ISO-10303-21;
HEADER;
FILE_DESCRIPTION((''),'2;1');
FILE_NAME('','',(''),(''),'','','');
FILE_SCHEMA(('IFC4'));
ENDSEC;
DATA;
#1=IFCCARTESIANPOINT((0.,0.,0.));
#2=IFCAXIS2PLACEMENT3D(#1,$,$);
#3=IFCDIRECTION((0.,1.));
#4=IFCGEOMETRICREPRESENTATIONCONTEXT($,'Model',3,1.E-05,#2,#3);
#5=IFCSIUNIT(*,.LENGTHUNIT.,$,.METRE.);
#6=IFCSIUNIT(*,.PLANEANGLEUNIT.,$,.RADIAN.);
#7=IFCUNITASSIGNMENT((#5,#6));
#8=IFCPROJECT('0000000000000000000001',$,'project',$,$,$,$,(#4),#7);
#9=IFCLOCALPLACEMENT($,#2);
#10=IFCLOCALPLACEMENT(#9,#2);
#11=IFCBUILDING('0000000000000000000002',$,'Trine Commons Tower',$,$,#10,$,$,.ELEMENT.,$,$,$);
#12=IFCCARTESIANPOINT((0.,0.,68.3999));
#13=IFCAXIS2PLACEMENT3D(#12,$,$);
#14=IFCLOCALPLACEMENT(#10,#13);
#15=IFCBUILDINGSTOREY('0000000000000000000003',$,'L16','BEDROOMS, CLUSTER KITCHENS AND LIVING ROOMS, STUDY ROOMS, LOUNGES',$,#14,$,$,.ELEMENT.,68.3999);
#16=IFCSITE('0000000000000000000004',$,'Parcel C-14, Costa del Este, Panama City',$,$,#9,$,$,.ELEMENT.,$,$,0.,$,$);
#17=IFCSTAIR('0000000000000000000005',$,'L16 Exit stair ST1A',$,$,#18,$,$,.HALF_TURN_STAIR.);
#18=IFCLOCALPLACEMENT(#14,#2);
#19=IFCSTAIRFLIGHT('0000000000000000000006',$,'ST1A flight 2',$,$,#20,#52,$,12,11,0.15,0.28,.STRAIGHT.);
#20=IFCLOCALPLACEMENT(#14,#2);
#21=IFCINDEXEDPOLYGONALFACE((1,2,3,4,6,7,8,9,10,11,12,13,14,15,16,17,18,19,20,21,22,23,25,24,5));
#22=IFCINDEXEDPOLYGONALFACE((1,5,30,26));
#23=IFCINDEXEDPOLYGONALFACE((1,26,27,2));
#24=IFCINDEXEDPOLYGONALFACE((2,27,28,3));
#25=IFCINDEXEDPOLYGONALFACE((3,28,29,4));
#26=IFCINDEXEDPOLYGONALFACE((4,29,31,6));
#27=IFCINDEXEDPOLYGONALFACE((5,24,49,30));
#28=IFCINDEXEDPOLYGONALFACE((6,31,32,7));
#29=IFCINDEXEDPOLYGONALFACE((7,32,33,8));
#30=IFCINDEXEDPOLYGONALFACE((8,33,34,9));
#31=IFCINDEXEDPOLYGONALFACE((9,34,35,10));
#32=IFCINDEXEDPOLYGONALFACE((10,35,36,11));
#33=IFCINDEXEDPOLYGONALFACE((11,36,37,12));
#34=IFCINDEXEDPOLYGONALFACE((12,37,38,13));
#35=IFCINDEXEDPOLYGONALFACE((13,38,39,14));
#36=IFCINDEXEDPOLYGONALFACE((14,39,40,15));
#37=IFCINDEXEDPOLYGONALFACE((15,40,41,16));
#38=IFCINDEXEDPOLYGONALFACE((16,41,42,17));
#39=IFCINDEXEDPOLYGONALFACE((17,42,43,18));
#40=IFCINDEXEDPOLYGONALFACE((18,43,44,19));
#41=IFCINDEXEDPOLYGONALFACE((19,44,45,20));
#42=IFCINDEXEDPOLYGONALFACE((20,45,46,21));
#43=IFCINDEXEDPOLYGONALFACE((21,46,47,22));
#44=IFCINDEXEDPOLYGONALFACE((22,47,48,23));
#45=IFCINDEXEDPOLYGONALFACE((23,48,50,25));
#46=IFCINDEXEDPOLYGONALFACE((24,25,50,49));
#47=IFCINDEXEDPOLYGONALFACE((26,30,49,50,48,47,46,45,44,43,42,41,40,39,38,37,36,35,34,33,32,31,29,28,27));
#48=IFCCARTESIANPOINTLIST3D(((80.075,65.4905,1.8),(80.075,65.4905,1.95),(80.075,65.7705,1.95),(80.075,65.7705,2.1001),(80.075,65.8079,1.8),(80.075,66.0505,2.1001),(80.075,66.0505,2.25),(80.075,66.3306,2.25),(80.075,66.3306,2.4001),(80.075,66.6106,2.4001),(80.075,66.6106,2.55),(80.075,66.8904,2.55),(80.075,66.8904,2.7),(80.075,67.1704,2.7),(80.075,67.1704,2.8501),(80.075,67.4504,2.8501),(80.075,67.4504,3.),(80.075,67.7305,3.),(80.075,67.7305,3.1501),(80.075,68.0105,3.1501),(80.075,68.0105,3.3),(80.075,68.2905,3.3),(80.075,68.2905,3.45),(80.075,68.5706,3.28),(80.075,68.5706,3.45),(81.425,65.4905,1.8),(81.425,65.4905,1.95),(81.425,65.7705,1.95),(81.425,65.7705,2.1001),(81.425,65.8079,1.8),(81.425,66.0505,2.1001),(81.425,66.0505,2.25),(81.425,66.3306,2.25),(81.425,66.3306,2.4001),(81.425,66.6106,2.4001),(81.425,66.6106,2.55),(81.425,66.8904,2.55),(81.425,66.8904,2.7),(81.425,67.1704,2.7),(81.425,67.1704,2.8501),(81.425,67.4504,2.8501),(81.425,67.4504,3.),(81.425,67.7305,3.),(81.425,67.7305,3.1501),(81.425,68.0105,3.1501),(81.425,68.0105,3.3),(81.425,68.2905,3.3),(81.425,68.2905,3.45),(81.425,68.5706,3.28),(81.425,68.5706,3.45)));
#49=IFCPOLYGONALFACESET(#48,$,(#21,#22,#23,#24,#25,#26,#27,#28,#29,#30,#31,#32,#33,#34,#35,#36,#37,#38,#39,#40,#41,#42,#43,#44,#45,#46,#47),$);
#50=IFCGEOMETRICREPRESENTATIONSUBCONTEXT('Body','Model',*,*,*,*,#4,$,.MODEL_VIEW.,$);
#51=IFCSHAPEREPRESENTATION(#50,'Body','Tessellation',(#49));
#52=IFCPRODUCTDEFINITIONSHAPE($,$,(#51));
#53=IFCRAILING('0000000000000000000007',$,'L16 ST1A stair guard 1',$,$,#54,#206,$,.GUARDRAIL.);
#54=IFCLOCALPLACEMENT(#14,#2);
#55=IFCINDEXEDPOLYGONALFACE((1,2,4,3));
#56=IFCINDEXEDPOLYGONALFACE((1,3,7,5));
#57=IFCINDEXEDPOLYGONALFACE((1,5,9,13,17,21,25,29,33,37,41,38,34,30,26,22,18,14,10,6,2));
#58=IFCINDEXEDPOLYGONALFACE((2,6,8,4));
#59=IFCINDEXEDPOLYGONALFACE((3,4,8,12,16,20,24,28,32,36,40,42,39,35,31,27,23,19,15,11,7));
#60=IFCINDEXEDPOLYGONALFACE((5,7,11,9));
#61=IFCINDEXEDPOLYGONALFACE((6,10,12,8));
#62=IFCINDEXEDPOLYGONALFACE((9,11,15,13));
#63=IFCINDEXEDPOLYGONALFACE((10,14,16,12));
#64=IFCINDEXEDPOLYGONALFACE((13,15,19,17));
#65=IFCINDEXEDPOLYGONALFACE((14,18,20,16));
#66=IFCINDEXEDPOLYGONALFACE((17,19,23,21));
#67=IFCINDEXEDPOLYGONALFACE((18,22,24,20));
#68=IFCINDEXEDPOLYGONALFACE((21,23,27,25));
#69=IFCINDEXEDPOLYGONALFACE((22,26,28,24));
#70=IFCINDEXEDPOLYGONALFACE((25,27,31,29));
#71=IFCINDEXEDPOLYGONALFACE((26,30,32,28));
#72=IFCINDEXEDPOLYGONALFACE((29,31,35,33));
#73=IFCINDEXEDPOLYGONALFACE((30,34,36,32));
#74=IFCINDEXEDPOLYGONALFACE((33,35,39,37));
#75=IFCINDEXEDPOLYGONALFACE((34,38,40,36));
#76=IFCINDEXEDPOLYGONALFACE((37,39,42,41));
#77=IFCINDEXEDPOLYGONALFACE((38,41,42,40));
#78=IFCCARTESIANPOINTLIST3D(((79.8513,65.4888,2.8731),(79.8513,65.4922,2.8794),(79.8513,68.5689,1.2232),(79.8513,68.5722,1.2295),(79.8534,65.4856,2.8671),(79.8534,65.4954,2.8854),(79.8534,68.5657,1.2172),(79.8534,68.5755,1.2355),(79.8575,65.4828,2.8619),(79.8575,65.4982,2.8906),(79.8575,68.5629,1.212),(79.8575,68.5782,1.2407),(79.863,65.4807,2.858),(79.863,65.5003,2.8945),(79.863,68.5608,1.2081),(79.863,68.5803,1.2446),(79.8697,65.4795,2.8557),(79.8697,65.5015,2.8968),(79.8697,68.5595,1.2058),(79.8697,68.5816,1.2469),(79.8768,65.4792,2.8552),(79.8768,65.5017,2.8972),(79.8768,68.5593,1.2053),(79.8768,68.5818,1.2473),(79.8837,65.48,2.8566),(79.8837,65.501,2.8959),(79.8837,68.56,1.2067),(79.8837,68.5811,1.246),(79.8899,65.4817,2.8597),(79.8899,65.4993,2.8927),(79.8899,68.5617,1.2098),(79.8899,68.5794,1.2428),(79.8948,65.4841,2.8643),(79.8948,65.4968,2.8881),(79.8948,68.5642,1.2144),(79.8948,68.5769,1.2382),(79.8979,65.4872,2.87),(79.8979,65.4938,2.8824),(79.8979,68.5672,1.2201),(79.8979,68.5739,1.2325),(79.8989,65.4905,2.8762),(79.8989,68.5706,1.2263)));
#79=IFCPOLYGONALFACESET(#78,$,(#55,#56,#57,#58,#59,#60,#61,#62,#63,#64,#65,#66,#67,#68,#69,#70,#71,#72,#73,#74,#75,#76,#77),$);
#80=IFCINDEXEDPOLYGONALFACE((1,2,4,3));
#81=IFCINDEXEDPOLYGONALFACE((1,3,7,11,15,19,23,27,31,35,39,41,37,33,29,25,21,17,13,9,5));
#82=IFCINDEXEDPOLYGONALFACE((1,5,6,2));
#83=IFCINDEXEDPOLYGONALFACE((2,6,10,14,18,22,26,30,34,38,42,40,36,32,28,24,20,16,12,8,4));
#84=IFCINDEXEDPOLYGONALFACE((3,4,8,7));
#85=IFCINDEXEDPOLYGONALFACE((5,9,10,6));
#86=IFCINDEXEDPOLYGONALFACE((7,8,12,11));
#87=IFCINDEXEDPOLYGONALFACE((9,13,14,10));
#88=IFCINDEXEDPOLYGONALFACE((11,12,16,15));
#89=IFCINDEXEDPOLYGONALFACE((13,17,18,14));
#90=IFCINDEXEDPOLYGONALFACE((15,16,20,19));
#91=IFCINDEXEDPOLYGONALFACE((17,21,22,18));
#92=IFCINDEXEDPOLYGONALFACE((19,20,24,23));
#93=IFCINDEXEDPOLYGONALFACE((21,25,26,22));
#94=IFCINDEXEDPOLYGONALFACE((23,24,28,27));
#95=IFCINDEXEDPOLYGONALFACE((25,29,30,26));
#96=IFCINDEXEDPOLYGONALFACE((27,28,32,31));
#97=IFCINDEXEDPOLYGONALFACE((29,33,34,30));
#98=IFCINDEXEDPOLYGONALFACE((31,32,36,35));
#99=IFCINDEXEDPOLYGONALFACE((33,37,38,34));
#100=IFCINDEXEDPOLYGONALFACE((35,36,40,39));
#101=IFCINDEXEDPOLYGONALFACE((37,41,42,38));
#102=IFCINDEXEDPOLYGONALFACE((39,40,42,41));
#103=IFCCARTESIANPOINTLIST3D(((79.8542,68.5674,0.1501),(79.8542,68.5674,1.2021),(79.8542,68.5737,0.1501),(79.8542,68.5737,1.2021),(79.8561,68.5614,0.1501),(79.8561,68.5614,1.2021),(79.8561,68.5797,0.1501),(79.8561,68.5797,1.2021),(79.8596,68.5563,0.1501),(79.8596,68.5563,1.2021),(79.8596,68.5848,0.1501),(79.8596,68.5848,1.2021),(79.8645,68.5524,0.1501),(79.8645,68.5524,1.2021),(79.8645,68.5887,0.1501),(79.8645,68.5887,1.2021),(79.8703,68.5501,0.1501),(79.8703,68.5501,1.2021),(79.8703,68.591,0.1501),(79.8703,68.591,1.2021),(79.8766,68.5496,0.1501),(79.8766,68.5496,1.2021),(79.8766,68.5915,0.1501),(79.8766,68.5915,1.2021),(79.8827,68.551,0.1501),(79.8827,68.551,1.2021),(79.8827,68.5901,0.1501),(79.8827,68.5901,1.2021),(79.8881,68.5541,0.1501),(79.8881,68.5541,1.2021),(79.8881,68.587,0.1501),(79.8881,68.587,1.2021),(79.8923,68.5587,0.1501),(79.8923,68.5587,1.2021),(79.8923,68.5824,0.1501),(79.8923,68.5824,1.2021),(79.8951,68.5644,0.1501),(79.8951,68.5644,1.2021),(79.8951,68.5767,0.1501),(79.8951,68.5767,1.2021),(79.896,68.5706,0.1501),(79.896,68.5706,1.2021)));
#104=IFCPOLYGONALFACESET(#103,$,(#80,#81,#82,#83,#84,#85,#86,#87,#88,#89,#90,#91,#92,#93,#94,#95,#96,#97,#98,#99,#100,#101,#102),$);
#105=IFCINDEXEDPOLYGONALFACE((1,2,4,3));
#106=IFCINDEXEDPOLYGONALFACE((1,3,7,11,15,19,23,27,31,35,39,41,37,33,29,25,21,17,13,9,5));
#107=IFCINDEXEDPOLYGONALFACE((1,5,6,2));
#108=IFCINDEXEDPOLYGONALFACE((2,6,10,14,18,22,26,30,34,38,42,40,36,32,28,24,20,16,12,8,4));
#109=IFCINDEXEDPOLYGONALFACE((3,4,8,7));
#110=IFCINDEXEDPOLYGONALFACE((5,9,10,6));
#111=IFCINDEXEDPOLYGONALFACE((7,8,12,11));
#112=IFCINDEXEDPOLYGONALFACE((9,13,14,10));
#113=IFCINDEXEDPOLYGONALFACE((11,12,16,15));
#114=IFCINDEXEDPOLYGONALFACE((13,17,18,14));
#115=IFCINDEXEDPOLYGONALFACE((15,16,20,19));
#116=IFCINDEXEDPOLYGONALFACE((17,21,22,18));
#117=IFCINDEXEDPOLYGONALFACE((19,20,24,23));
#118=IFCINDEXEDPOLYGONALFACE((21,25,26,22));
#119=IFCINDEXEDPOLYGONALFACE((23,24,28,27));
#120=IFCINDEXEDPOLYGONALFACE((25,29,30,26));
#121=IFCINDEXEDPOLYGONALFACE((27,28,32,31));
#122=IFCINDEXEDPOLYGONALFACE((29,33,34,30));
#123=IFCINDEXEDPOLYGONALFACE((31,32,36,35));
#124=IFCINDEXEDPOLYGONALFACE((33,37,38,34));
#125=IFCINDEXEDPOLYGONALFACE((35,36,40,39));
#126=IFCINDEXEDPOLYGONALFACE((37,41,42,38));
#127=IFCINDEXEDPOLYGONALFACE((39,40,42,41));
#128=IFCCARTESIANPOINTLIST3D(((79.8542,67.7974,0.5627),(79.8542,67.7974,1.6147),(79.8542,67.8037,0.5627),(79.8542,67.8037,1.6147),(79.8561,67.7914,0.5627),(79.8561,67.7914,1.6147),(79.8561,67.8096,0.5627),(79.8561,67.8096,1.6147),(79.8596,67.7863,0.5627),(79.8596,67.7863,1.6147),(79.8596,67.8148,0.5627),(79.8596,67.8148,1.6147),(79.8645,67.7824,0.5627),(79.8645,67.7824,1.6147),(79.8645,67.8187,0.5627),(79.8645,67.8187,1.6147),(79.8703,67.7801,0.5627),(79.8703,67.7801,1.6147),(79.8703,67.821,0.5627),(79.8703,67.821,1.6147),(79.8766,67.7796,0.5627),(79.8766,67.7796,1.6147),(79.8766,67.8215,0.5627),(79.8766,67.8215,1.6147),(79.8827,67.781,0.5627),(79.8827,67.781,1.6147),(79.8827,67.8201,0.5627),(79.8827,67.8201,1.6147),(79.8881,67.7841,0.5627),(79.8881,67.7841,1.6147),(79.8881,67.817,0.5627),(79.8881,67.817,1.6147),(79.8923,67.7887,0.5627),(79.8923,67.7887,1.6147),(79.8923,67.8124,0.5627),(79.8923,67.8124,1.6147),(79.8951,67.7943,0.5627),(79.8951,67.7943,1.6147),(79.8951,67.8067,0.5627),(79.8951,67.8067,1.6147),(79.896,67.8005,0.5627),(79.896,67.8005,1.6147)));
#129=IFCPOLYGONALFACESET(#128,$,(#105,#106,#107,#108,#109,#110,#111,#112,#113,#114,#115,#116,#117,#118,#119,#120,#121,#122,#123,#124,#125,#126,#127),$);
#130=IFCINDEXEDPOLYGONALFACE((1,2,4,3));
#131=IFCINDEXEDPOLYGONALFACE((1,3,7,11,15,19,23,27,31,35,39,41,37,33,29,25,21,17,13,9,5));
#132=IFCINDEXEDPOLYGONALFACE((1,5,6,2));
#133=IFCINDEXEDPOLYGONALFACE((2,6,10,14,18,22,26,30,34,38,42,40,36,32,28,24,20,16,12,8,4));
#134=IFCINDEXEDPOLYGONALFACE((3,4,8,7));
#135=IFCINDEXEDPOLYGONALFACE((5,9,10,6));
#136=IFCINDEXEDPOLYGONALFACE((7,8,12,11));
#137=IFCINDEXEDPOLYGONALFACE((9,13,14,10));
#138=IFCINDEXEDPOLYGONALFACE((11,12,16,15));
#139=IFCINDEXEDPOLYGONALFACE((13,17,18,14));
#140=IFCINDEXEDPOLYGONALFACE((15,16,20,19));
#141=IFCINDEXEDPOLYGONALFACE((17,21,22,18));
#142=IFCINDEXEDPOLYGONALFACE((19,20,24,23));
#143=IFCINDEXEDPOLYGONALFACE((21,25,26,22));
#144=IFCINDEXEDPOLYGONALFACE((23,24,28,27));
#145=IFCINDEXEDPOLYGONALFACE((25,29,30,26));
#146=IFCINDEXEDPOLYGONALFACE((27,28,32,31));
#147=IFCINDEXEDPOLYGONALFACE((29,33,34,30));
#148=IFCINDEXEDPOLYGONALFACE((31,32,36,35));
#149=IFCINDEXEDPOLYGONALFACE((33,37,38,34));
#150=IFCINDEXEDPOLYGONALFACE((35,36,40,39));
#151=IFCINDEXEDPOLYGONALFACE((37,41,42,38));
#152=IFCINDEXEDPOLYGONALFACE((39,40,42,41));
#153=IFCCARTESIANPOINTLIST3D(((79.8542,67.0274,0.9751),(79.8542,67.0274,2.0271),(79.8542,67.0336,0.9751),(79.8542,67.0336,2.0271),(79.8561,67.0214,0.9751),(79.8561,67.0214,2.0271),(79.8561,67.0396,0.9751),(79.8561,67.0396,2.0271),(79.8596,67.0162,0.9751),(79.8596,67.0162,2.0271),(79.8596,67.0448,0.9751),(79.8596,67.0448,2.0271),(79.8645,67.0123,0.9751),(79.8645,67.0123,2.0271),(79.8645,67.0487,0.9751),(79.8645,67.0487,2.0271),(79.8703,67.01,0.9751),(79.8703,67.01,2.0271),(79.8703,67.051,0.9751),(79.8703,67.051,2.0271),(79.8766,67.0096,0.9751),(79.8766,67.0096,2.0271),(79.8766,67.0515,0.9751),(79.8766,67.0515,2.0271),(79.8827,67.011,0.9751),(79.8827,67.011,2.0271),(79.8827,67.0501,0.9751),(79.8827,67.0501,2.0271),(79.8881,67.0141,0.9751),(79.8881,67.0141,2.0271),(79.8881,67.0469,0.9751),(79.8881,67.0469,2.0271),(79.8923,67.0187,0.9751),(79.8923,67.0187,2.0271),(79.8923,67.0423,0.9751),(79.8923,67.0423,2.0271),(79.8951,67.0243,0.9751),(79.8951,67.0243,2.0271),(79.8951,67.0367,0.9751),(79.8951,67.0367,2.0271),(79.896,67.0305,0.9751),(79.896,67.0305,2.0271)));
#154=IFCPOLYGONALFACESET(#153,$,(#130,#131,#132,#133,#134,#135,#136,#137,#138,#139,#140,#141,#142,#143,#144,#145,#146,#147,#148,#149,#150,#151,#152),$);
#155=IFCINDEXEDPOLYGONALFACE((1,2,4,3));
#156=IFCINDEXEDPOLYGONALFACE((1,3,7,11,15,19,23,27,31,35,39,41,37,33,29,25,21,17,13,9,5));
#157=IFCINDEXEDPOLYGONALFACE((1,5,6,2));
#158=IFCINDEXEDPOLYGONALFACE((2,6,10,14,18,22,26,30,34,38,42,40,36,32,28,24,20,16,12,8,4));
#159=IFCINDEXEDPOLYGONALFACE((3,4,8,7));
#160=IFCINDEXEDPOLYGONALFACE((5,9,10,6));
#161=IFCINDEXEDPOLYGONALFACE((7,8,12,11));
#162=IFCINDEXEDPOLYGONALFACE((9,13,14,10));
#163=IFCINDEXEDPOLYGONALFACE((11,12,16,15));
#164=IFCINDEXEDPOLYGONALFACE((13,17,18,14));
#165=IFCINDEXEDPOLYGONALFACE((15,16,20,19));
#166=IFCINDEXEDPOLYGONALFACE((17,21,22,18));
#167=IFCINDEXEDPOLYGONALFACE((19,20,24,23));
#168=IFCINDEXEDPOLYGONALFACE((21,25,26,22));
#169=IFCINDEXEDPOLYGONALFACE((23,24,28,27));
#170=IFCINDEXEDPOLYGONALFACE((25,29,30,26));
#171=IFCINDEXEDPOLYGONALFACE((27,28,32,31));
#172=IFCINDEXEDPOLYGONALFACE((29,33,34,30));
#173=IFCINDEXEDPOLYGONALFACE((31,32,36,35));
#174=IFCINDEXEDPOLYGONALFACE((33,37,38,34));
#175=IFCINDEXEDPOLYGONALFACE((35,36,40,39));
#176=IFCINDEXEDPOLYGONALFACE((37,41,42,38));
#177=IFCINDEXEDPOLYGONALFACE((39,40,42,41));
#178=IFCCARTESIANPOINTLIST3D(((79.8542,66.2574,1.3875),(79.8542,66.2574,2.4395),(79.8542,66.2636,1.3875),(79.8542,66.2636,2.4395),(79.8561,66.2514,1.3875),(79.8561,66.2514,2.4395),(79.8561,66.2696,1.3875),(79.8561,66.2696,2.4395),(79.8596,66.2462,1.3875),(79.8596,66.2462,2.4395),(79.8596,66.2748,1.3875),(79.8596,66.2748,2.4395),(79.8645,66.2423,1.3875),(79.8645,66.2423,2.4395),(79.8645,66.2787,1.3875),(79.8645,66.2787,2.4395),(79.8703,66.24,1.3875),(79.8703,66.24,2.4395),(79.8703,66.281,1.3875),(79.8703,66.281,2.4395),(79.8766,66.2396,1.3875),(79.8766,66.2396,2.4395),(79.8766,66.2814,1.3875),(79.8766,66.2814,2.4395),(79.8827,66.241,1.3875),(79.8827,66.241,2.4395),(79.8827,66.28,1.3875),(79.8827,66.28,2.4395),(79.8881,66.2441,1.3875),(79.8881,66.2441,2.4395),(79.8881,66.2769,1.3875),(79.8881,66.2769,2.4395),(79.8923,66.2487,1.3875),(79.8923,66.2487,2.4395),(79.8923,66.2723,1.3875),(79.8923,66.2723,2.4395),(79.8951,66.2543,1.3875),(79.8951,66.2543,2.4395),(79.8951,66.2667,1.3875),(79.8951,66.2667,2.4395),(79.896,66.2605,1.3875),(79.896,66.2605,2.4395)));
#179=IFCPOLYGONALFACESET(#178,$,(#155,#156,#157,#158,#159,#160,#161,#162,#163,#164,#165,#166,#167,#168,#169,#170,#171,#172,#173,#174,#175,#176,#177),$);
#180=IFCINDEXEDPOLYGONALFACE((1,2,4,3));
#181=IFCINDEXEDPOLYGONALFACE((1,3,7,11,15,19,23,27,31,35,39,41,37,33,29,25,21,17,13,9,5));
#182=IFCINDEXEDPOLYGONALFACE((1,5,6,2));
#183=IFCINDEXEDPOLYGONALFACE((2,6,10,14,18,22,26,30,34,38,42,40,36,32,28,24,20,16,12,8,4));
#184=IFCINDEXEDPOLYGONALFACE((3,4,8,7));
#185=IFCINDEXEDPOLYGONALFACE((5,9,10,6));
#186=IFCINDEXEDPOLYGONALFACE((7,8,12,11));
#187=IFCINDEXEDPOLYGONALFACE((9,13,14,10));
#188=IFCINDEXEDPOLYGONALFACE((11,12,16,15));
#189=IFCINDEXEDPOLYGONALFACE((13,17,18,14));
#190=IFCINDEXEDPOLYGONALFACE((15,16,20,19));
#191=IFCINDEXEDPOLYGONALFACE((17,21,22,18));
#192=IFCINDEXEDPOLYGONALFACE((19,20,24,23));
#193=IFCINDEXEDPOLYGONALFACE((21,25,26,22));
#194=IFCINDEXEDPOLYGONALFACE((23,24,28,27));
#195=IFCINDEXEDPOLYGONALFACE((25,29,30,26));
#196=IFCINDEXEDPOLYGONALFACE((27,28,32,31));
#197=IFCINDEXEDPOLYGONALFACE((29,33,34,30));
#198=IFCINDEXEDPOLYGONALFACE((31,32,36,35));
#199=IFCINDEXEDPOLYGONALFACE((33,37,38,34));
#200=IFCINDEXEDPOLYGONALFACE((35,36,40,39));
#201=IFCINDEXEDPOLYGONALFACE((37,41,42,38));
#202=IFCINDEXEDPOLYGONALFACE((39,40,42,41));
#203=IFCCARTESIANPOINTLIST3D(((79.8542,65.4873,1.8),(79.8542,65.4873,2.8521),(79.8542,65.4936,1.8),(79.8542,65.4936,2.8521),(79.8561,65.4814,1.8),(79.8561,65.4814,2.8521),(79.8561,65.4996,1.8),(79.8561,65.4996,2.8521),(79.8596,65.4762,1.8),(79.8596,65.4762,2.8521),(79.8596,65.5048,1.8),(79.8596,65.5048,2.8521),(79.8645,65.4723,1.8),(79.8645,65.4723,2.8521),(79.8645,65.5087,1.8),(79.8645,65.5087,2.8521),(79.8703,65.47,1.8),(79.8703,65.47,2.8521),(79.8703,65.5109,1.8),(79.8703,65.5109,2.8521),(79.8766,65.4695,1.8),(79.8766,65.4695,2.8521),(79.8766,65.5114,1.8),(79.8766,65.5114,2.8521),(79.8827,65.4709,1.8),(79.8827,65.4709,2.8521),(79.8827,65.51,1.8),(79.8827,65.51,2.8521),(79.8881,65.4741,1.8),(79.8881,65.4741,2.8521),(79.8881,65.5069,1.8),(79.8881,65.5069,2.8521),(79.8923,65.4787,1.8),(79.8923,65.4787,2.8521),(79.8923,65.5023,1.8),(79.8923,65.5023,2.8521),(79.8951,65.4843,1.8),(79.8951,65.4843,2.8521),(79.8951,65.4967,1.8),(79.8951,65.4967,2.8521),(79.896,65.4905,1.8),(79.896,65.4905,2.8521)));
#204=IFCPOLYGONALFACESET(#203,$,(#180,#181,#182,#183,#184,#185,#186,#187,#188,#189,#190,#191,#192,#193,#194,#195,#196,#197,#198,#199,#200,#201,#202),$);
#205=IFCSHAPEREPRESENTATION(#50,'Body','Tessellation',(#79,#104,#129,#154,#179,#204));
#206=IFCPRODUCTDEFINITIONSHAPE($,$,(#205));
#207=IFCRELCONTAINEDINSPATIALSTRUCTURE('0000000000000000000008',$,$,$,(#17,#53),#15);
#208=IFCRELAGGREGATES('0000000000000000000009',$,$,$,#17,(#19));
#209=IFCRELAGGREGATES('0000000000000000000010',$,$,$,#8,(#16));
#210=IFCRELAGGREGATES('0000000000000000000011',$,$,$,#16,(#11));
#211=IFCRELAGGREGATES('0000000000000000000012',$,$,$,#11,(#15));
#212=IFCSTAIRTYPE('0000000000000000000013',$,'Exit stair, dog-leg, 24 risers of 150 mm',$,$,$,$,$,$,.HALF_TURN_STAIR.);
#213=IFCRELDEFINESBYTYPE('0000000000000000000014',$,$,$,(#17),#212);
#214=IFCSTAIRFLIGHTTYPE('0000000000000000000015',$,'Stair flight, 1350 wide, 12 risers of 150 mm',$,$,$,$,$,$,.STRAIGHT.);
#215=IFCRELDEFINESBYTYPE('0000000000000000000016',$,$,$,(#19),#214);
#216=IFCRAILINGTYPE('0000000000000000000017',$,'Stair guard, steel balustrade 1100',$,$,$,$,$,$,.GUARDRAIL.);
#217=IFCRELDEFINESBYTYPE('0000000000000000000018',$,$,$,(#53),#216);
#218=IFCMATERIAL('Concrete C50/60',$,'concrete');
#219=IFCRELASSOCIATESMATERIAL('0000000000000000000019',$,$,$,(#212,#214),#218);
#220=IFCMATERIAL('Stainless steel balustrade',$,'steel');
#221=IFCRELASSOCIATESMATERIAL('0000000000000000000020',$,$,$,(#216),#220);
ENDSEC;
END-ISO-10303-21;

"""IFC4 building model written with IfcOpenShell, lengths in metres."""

from ifc_helpers import new_model, si_unit, direction, frame, origin, origin_2d, place, context, subcontext, project, spatial, polyline, circle, outline, extrude, material, type_object, element, aggregate, save


model = new_model("IFC4")

# Units and contexts
model_context = context("Model", 3, precision=1e-05, world=origin(), true_north=direction((0.0, 1.0)))
body_context = subcontext(model_context, "Body", "Model", "MODEL_VIEW")
ifc_project = project(units=[si_unit("LENGTHUNIT", "METRE"), si_unit("PLANEANGLEUNIT", "RADIAN")], contexts=[model_context])

# Site, building, storey
site_placement = place(None, origin())
site = spatial("IfcSite", under=ifc_project, at=site_placement, Name="Parcel C-14, Costa del Este, Panama City", CompositionType="ELEMENT", RefElevation=0.0)
building_placement = place(site_placement, origin())
building = spatial("IfcBuilding", under=site, at=building_placement, Name="Trine Commons Tower", CompositionType="ELEMENT")
storey_placement = place(building_placement, frame((0.0, 0.0, 68.3999)))
storey = spatial("IfcBuildingStorey", under=building, at=storey_placement, Name="L16", Description="BEDROOMS, CLUSTER KITCHENS AND LIVING ROOMS, STUDY ROOMS, LOUNGES", CompositionType="ELEMENT", Elevation=68.3999)

# Shared definitions
ifc_material_1 = material(Name="Concrete C50/60", Category="concrete")

# Stair, stair flight
stair_type = type_object("IfcStairType", Name="Exit stair, dog-leg, 24 risers of 150 mm", PredefinedType="HALF_TURN_STAIR", material=ifc_material_1)
stair_placement = place(storey_placement, origin())
stair = element("IfcStair", 1, at=stair_placement, inside=storey, type_object=stair_type, Name="L16 Exit stair ST1A", PredefinedType="HALF_TURN_STAIR")
stair_flight_type = type_object("IfcStairFlightType", Name="Stair flight, 1350 wide, 12 risers of 150 mm", PredefinedType="STRAIGHT", material=ifc_material_1)
stair_flight_1_placement = place(storey_placement, frame((80.75, 65.4905, 1.8), z_axis=(0.0, 0.0, 1.0), x_axis=(0.0, 1.0, 0.0)))
stair_flight_1 = element("IfcStairFlight", 2, at=stair_flight_1_placement, type_object=stair_flight_type, Name="ST1A flight 2", NumberOfRisers=12, NumberOfTreads=11, PredefinedType="STRAIGHT", RiserHeight=0.15, TreadLength=0.28, context=body_context, shape_type="SweptSolid", body=[
    extrude(outline(polyline([(0.0, 0.0), (0.0, 0.1499), (0.28, 0.1499), (0.28, 0.3), (0.5601, 0.3), (0.5601, 0.45), (0.8401, 0.45), (0.8401, 0.6001), (1.1201, 0.6001), (1.1201, 0.75), (1.3999, 0.75), (1.3999, 0.8999), (1.6799, 0.8999), (1.6799, 1.05), (1.96, 1.05), (1.96, 1.2), (2.24, 1.2), (2.24, 1.3501), (2.52, 1.3501), (2.52, 1.5), (2.8, 1.5), (2.8, 1.6499), (3.0801, 1.6499), (3.0801, 1.8), (3.0801, 1.48), (0.3174, 0.0), (0.0, 0.0)])), frame((0.0, 0.675, 0.0), z_axis=(0.0, -1.0, 0.0), x_axis=(1.0, 0.0, 0.0)), (0.0, 0.0, 1.0), 1.3501),
])
aggregate(stair, [stair_flight_1])

# Railing
ifc_material_2 = material(Name="Stainless steel balustrade", Category="steel")
railing_type_1 = type_object("IfcRailingType", Name="Stair guard, steel balustrade 1100", PredefinedType="GUARDRAIL", material=ifc_material_2)
railing_1_placement = place(storey_placement, frame((79.875, 68.5706, 0.1501)))
element("IfcRailing", 3, at=railing_1_placement, inside=storey, type_object=railing_type_1, Name="L16 ST1A stair guard 1", PredefinedType="GUARDRAIL", context=body_context, shape_type="SweptSolid", body=[
    extrude(circle(Radius=0.0239, at=origin_2d()), frame((0.0, 0.0, 1.0762), z_axis=(0.0, -0.881497, 0.47219), x_axis=(1.0, 0.0, 0.0)), (0.0, 0.0, 1.0), 3.4941),
    extrude(circle(Radius=0.021, at=origin_2d()), origin(), (0.0, 0.0, 1.0), 1.052),
    extrude(circle(Radius=0.021, at=origin_2d()), frame((0.0, -0.77, 0.4126)), (0.0, 0.0, 1.0), 1.052),
    extrude(circle(Radius=0.021, at=origin_2d()), frame((0.0, -1.54, 0.825)), (0.0, 0.0, 1.0), 1.052),
    extrude(circle(Radius=0.021, at=origin_2d()), frame((0.0, -2.3101, 1.2373)), (0.0, 0.0, 1.0), 1.052),
    extrude(circle(Radius=0.021, at=origin_2d()), frame((0.0, -3.0801, 1.6499)), (0.0, 0.0, 1.0), 1.052),
])

save(model, "model.ifc")
